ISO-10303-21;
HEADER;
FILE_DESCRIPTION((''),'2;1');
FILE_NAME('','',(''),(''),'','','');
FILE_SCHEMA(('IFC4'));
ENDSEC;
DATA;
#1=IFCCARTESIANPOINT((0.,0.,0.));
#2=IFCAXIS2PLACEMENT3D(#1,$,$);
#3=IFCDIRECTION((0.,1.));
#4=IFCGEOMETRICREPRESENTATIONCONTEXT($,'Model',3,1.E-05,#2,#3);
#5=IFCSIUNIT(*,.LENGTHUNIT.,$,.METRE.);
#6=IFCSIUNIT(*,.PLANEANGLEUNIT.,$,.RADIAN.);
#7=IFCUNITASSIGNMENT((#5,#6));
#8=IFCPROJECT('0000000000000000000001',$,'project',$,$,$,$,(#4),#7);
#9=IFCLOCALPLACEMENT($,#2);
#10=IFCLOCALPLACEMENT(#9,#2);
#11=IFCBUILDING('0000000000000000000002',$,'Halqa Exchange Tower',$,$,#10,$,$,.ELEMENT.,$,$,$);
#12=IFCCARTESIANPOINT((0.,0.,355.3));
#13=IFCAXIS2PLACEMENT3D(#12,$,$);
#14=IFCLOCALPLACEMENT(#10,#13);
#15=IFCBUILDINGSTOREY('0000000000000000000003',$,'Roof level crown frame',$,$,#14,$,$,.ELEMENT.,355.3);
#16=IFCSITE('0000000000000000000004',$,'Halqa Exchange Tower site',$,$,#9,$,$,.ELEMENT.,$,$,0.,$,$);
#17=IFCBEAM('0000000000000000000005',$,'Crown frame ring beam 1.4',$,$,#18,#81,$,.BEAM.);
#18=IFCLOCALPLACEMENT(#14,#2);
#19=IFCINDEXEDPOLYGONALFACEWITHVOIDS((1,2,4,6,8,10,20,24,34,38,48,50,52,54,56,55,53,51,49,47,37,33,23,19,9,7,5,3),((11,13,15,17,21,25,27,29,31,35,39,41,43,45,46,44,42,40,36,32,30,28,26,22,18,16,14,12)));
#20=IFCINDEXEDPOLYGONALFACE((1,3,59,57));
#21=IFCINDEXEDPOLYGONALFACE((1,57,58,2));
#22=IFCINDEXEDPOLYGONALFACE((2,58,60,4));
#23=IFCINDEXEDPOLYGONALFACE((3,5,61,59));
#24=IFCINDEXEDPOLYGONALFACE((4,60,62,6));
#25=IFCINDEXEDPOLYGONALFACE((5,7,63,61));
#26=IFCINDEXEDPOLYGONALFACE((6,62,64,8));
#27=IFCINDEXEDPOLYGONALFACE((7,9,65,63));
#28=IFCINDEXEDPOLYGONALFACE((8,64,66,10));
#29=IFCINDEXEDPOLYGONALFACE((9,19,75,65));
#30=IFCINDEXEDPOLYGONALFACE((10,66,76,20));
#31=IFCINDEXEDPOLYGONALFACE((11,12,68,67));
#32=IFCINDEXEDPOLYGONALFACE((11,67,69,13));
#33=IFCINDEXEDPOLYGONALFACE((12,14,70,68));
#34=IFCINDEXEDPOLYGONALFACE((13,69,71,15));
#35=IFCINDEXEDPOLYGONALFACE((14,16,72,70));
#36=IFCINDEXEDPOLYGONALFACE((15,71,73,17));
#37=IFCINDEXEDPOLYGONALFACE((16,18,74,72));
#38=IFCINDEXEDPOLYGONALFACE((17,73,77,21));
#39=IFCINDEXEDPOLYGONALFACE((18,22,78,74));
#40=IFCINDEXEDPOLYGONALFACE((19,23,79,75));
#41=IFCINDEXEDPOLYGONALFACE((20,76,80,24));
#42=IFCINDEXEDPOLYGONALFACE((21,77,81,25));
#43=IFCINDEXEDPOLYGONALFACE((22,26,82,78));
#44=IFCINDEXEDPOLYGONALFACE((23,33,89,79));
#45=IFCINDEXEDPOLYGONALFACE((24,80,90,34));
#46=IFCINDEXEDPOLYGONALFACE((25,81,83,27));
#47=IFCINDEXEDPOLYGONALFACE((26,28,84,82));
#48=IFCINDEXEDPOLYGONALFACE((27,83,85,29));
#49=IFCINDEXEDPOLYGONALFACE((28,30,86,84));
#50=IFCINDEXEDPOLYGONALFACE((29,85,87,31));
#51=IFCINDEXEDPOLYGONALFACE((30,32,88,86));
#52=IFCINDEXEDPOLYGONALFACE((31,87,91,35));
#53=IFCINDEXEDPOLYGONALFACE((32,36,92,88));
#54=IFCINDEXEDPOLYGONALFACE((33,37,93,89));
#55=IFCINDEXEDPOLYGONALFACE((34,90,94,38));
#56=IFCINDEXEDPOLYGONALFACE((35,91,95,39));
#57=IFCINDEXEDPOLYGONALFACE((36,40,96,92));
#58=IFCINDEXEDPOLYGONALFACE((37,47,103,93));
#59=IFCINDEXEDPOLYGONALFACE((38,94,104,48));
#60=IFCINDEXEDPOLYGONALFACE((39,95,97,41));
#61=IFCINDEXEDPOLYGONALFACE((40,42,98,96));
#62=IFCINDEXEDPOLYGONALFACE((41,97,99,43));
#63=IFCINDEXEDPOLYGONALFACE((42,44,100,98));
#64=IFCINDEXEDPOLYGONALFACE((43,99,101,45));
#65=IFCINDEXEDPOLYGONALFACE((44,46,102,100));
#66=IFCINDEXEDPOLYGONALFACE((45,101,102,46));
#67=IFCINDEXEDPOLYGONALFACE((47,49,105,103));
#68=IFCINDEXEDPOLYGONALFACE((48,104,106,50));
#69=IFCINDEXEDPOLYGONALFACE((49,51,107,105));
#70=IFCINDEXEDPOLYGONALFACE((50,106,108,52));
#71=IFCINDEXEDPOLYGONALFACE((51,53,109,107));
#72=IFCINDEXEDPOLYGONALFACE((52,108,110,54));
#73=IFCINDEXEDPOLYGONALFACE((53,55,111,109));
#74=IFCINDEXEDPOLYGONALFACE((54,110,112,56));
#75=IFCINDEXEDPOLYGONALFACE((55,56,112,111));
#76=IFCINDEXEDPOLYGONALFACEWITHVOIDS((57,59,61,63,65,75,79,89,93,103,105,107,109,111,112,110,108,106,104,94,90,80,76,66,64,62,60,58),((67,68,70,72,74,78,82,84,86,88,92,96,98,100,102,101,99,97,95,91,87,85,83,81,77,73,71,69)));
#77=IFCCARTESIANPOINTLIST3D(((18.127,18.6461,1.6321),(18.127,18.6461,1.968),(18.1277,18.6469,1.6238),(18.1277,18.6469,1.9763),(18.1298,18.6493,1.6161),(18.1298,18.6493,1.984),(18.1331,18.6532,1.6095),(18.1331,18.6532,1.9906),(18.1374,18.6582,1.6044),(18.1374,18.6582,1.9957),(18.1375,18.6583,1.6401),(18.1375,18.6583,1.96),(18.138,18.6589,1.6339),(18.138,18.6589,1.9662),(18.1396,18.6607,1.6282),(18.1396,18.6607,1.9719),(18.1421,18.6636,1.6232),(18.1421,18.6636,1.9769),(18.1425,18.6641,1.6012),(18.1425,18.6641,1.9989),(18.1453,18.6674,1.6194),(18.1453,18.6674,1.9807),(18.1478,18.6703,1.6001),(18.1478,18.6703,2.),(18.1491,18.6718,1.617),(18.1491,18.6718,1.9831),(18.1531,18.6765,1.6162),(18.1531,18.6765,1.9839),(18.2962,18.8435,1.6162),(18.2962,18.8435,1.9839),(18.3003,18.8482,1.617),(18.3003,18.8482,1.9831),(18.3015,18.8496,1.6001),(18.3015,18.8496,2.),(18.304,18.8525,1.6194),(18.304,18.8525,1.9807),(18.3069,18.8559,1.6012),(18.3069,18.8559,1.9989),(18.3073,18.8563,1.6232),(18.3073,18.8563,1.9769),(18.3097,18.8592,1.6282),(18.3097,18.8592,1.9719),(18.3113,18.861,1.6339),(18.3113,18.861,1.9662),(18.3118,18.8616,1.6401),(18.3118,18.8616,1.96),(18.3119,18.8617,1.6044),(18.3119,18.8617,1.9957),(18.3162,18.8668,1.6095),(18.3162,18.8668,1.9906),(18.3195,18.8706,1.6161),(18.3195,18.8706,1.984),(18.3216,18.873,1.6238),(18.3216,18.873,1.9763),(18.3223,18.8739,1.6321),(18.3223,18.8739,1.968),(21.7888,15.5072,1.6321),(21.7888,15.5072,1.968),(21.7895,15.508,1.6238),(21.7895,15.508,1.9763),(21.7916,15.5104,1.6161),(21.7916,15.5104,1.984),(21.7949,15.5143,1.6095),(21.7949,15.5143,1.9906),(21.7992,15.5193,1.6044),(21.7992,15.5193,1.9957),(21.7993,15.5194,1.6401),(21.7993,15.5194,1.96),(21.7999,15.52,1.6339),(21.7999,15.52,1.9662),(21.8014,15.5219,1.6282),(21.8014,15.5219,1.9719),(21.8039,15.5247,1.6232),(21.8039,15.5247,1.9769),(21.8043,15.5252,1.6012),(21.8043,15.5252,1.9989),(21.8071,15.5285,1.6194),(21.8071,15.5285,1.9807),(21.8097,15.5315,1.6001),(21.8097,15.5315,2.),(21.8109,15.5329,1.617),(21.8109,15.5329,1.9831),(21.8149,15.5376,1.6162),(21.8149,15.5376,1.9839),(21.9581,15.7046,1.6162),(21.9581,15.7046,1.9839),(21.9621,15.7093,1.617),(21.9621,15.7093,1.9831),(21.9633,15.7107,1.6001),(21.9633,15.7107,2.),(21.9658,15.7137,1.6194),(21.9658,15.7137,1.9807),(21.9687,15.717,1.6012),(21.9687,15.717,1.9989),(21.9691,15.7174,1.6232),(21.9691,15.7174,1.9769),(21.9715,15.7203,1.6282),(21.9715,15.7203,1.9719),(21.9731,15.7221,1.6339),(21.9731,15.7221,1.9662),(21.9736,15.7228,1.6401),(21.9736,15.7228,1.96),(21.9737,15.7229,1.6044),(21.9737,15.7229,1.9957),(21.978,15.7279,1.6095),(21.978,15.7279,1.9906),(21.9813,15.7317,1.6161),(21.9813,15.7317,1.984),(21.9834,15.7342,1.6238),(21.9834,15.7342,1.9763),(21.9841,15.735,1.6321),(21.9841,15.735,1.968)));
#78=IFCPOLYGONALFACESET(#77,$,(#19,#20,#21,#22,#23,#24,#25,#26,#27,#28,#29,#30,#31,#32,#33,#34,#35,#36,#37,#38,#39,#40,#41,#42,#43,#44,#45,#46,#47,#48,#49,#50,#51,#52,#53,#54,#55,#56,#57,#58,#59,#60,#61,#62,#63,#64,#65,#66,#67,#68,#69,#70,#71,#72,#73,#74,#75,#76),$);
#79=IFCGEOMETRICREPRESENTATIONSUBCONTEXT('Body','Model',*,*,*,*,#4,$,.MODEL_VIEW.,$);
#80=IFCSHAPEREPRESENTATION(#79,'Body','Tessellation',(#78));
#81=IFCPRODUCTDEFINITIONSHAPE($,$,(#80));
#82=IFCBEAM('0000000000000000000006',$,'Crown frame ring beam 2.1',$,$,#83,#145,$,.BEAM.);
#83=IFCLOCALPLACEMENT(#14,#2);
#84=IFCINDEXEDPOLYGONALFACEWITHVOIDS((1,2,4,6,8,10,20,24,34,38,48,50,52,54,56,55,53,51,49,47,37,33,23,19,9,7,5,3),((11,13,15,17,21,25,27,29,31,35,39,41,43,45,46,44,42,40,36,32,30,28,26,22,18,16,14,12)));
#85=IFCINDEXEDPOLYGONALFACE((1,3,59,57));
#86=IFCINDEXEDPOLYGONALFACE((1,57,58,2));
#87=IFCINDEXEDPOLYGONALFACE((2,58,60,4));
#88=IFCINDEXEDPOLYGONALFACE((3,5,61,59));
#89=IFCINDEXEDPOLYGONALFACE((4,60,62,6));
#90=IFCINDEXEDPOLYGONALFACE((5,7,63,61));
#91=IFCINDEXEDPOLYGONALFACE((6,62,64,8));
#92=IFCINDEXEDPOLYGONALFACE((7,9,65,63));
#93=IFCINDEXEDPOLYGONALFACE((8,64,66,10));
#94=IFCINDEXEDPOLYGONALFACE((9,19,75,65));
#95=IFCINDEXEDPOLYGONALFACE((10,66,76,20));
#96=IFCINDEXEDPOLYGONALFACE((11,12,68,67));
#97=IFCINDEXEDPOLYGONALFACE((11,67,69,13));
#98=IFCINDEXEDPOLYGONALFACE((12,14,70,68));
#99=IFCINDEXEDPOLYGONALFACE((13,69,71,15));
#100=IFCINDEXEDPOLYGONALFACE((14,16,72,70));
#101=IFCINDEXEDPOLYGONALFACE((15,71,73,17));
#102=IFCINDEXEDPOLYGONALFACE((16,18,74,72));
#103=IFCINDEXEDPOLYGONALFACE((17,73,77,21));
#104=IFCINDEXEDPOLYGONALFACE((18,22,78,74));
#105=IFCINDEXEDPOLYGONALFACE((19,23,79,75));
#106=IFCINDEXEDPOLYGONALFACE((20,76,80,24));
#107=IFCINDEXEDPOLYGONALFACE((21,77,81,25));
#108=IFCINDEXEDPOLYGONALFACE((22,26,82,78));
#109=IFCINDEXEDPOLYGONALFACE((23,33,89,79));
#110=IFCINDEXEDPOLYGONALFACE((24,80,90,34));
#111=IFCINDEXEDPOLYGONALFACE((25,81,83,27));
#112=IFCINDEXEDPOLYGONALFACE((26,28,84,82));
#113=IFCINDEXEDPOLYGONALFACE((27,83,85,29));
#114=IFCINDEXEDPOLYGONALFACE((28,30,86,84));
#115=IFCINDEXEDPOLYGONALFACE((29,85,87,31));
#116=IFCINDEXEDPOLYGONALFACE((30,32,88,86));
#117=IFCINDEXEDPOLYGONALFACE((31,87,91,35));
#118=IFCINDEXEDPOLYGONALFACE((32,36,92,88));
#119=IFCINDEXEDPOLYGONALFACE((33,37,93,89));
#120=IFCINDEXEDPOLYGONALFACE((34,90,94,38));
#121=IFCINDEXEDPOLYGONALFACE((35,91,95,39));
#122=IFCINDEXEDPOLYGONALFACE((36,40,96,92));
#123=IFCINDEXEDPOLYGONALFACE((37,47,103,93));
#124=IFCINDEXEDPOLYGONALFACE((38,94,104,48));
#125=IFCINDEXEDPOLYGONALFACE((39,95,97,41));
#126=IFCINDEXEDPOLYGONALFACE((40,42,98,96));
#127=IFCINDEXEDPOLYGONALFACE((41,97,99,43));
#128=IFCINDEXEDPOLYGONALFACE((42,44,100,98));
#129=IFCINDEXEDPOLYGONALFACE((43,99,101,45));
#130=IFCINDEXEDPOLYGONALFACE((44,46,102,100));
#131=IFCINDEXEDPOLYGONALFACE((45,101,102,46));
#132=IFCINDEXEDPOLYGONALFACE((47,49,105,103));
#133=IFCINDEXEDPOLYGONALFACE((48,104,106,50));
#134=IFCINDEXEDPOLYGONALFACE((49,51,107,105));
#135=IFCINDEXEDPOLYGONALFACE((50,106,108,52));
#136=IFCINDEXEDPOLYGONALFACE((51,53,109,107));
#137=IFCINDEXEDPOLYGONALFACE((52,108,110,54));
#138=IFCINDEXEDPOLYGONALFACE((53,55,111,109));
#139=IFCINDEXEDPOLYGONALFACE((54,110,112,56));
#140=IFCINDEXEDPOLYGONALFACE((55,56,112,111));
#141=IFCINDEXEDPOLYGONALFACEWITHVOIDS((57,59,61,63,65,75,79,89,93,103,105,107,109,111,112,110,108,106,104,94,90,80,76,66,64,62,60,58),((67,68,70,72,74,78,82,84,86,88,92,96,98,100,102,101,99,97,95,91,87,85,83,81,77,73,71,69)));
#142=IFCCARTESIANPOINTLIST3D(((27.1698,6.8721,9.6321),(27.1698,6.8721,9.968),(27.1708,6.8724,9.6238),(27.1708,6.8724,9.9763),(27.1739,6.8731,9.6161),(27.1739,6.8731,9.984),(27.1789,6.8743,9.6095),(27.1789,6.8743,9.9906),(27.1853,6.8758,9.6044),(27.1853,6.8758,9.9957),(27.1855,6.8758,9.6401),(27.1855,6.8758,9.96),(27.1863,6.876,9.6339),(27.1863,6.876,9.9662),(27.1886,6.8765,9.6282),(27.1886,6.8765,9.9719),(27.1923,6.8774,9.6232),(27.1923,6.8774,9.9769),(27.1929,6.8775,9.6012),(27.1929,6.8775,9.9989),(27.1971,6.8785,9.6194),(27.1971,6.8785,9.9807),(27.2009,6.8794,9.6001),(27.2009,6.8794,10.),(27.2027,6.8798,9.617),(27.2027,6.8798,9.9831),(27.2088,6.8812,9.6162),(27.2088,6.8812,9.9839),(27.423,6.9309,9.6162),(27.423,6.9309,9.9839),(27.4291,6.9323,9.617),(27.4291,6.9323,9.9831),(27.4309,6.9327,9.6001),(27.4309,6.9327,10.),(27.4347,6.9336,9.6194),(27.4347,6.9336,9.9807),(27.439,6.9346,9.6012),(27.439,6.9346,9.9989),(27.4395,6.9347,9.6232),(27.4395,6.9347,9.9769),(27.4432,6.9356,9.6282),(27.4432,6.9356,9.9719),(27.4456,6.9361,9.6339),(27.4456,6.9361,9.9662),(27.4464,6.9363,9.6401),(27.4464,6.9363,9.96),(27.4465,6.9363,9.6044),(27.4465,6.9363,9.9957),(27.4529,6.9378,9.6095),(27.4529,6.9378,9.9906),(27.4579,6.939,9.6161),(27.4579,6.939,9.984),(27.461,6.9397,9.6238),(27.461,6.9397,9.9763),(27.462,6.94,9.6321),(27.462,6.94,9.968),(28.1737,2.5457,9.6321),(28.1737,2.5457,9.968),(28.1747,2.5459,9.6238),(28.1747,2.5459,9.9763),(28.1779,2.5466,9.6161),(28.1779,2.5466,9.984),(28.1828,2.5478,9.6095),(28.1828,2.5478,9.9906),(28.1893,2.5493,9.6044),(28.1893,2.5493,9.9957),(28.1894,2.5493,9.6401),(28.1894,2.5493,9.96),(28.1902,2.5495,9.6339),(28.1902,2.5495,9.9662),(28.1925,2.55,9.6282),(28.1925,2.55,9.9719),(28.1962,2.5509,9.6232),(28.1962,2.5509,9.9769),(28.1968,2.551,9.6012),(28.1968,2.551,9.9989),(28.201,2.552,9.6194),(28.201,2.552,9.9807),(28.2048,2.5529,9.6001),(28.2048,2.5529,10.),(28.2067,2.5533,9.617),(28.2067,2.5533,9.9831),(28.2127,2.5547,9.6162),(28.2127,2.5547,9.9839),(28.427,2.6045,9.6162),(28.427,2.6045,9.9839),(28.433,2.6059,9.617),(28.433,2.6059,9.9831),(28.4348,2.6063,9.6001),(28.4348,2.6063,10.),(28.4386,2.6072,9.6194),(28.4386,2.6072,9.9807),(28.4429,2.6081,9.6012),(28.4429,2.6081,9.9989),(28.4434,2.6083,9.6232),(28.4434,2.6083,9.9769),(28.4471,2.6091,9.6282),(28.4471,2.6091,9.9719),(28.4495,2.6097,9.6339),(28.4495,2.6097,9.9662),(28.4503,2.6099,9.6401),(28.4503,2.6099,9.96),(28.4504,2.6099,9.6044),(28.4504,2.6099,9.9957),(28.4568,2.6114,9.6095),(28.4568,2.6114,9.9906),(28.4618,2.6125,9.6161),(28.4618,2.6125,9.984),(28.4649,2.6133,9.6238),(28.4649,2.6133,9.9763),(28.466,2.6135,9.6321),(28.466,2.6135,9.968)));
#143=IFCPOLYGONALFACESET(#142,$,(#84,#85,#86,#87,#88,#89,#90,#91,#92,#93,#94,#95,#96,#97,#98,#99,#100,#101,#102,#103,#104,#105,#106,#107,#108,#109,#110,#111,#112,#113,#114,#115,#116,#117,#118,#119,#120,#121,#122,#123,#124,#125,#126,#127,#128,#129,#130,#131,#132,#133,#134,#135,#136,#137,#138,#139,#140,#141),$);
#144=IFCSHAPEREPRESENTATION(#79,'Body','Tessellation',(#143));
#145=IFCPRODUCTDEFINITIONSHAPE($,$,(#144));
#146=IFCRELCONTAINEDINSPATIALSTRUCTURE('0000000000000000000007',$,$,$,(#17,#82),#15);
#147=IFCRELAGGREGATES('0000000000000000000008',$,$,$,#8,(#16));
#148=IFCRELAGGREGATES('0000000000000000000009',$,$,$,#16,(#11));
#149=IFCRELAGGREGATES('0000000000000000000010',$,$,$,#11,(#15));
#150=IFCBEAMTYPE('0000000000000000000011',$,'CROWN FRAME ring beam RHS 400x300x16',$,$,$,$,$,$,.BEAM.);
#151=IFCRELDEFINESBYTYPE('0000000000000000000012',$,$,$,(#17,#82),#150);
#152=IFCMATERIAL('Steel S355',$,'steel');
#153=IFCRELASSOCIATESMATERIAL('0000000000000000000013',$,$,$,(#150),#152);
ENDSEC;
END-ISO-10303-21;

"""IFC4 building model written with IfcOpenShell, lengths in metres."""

from ifc_helpers import new_model, si_unit, direction, frame, origin, origin_2d, place, context, subcontext, project, spatial, hollow_rectangle, extrude, material, material_profile, profile_set, type_object, element, save


model = new_model("IFC4")

# Units and contexts
model_context = context("Model", 3, precision=1e-05, world=origin(), true_north=direction((0.0, 1.0)))
body_context = subcontext(model_context, "Body", "Model", "MODEL_VIEW")
ifc_project = project(units=[si_unit("LENGTHUNIT", "METRE"), si_unit("PLANEANGLEUNIT", "RADIAN")], contexts=[model_context])

# Site, building, storey
site_placement = place(None, origin())
site = spatial("IfcSite", under=ifc_project, at=site_placement, Name="Halqa Exchange Tower site", CompositionType="ELEMENT", RefElevation=0.0)
building_placement = place(site_placement, origin())
building = spatial("IfcBuilding", under=site, at=building_placement, Name="Halqa Exchange Tower", CompositionType="ELEMENT")
storey_placement = place(building_placement, frame((0.0, 0.0, 355.3)))
storey = spatial("IfcBuildingStorey", under=building, at=storey_placement, Name="Roof level crown frame", CompositionType="ELEMENT", Elevation=355.3)

# Shared definitions
ifc_material_1 = material(Name="Steel S355", Category="steel")

# Beams
ifc_material_profile_1 = material_profile(ifc_material_1, hollow_rectangle(XDim=0.3, YDim=0.3999, WallThickness=0.0161, InnerFilletRadius=0.0239, OuterFilletRadius=0.032, at=origin_2d()), Name="RHS 400x300x16")
ifc_profile_set_1 = profile_set([ifc_material_profile_1], Name="Steel S355")
beam_type = type_object("IfcBeamType", Name="CROWN FRAME ring beam RHS 400x300x16", PredefinedType="BEAM", material=ifc_profile_set_1)
beam_1_placement = place(storey_placement, frame((21.8865, 15.6211, 1.8), z_axis=(-0.759239, 0.650812, 0.0), x_axis=(-0.650812, -0.759239, 0.0)))
element("IfcBeam", 1, at=beam_1_placement, inside=storey, type_object=beam_type, Name="Crown frame ring beam 1.4", PredefinedType="BEAM", context=body_context, shape_type="SweptSolid", body=[
    extrude(hollow_rectangle(XDim=0.3, YDim=0.3999, WallThickness=0.0161, InnerFilletRadius=0.0239, OuterFilletRadius=0.032, at=origin_2d()), origin(), (0.0, 0.0, 1.0), 4.823),
])
beam_2_placement = place(storey_placement, frame((28.3198, 2.5796, 9.8), z_axis=(-0.226036, 0.974119, 0.0), x_axis=(-0.974119, -0.226036, 0.0)))
element("IfcBeam", 2, at=beam_2_placement, inside=storey, type_object=beam_type, Name="Crown frame ring beam 2.1", PredefinedType="BEAM", context=body_context, shape_type="SweptSolid", body=[
    extrude(hollow_rectangle(XDim=0.3, YDim=0.3999, WallThickness=0.0161, InnerFilletRadius=0.0239, OuterFilletRadius=0.032, at=origin_2d()), origin(), (0.0, 0.0, 1.0), 4.4414),
])

save(model, "model.ifc")
